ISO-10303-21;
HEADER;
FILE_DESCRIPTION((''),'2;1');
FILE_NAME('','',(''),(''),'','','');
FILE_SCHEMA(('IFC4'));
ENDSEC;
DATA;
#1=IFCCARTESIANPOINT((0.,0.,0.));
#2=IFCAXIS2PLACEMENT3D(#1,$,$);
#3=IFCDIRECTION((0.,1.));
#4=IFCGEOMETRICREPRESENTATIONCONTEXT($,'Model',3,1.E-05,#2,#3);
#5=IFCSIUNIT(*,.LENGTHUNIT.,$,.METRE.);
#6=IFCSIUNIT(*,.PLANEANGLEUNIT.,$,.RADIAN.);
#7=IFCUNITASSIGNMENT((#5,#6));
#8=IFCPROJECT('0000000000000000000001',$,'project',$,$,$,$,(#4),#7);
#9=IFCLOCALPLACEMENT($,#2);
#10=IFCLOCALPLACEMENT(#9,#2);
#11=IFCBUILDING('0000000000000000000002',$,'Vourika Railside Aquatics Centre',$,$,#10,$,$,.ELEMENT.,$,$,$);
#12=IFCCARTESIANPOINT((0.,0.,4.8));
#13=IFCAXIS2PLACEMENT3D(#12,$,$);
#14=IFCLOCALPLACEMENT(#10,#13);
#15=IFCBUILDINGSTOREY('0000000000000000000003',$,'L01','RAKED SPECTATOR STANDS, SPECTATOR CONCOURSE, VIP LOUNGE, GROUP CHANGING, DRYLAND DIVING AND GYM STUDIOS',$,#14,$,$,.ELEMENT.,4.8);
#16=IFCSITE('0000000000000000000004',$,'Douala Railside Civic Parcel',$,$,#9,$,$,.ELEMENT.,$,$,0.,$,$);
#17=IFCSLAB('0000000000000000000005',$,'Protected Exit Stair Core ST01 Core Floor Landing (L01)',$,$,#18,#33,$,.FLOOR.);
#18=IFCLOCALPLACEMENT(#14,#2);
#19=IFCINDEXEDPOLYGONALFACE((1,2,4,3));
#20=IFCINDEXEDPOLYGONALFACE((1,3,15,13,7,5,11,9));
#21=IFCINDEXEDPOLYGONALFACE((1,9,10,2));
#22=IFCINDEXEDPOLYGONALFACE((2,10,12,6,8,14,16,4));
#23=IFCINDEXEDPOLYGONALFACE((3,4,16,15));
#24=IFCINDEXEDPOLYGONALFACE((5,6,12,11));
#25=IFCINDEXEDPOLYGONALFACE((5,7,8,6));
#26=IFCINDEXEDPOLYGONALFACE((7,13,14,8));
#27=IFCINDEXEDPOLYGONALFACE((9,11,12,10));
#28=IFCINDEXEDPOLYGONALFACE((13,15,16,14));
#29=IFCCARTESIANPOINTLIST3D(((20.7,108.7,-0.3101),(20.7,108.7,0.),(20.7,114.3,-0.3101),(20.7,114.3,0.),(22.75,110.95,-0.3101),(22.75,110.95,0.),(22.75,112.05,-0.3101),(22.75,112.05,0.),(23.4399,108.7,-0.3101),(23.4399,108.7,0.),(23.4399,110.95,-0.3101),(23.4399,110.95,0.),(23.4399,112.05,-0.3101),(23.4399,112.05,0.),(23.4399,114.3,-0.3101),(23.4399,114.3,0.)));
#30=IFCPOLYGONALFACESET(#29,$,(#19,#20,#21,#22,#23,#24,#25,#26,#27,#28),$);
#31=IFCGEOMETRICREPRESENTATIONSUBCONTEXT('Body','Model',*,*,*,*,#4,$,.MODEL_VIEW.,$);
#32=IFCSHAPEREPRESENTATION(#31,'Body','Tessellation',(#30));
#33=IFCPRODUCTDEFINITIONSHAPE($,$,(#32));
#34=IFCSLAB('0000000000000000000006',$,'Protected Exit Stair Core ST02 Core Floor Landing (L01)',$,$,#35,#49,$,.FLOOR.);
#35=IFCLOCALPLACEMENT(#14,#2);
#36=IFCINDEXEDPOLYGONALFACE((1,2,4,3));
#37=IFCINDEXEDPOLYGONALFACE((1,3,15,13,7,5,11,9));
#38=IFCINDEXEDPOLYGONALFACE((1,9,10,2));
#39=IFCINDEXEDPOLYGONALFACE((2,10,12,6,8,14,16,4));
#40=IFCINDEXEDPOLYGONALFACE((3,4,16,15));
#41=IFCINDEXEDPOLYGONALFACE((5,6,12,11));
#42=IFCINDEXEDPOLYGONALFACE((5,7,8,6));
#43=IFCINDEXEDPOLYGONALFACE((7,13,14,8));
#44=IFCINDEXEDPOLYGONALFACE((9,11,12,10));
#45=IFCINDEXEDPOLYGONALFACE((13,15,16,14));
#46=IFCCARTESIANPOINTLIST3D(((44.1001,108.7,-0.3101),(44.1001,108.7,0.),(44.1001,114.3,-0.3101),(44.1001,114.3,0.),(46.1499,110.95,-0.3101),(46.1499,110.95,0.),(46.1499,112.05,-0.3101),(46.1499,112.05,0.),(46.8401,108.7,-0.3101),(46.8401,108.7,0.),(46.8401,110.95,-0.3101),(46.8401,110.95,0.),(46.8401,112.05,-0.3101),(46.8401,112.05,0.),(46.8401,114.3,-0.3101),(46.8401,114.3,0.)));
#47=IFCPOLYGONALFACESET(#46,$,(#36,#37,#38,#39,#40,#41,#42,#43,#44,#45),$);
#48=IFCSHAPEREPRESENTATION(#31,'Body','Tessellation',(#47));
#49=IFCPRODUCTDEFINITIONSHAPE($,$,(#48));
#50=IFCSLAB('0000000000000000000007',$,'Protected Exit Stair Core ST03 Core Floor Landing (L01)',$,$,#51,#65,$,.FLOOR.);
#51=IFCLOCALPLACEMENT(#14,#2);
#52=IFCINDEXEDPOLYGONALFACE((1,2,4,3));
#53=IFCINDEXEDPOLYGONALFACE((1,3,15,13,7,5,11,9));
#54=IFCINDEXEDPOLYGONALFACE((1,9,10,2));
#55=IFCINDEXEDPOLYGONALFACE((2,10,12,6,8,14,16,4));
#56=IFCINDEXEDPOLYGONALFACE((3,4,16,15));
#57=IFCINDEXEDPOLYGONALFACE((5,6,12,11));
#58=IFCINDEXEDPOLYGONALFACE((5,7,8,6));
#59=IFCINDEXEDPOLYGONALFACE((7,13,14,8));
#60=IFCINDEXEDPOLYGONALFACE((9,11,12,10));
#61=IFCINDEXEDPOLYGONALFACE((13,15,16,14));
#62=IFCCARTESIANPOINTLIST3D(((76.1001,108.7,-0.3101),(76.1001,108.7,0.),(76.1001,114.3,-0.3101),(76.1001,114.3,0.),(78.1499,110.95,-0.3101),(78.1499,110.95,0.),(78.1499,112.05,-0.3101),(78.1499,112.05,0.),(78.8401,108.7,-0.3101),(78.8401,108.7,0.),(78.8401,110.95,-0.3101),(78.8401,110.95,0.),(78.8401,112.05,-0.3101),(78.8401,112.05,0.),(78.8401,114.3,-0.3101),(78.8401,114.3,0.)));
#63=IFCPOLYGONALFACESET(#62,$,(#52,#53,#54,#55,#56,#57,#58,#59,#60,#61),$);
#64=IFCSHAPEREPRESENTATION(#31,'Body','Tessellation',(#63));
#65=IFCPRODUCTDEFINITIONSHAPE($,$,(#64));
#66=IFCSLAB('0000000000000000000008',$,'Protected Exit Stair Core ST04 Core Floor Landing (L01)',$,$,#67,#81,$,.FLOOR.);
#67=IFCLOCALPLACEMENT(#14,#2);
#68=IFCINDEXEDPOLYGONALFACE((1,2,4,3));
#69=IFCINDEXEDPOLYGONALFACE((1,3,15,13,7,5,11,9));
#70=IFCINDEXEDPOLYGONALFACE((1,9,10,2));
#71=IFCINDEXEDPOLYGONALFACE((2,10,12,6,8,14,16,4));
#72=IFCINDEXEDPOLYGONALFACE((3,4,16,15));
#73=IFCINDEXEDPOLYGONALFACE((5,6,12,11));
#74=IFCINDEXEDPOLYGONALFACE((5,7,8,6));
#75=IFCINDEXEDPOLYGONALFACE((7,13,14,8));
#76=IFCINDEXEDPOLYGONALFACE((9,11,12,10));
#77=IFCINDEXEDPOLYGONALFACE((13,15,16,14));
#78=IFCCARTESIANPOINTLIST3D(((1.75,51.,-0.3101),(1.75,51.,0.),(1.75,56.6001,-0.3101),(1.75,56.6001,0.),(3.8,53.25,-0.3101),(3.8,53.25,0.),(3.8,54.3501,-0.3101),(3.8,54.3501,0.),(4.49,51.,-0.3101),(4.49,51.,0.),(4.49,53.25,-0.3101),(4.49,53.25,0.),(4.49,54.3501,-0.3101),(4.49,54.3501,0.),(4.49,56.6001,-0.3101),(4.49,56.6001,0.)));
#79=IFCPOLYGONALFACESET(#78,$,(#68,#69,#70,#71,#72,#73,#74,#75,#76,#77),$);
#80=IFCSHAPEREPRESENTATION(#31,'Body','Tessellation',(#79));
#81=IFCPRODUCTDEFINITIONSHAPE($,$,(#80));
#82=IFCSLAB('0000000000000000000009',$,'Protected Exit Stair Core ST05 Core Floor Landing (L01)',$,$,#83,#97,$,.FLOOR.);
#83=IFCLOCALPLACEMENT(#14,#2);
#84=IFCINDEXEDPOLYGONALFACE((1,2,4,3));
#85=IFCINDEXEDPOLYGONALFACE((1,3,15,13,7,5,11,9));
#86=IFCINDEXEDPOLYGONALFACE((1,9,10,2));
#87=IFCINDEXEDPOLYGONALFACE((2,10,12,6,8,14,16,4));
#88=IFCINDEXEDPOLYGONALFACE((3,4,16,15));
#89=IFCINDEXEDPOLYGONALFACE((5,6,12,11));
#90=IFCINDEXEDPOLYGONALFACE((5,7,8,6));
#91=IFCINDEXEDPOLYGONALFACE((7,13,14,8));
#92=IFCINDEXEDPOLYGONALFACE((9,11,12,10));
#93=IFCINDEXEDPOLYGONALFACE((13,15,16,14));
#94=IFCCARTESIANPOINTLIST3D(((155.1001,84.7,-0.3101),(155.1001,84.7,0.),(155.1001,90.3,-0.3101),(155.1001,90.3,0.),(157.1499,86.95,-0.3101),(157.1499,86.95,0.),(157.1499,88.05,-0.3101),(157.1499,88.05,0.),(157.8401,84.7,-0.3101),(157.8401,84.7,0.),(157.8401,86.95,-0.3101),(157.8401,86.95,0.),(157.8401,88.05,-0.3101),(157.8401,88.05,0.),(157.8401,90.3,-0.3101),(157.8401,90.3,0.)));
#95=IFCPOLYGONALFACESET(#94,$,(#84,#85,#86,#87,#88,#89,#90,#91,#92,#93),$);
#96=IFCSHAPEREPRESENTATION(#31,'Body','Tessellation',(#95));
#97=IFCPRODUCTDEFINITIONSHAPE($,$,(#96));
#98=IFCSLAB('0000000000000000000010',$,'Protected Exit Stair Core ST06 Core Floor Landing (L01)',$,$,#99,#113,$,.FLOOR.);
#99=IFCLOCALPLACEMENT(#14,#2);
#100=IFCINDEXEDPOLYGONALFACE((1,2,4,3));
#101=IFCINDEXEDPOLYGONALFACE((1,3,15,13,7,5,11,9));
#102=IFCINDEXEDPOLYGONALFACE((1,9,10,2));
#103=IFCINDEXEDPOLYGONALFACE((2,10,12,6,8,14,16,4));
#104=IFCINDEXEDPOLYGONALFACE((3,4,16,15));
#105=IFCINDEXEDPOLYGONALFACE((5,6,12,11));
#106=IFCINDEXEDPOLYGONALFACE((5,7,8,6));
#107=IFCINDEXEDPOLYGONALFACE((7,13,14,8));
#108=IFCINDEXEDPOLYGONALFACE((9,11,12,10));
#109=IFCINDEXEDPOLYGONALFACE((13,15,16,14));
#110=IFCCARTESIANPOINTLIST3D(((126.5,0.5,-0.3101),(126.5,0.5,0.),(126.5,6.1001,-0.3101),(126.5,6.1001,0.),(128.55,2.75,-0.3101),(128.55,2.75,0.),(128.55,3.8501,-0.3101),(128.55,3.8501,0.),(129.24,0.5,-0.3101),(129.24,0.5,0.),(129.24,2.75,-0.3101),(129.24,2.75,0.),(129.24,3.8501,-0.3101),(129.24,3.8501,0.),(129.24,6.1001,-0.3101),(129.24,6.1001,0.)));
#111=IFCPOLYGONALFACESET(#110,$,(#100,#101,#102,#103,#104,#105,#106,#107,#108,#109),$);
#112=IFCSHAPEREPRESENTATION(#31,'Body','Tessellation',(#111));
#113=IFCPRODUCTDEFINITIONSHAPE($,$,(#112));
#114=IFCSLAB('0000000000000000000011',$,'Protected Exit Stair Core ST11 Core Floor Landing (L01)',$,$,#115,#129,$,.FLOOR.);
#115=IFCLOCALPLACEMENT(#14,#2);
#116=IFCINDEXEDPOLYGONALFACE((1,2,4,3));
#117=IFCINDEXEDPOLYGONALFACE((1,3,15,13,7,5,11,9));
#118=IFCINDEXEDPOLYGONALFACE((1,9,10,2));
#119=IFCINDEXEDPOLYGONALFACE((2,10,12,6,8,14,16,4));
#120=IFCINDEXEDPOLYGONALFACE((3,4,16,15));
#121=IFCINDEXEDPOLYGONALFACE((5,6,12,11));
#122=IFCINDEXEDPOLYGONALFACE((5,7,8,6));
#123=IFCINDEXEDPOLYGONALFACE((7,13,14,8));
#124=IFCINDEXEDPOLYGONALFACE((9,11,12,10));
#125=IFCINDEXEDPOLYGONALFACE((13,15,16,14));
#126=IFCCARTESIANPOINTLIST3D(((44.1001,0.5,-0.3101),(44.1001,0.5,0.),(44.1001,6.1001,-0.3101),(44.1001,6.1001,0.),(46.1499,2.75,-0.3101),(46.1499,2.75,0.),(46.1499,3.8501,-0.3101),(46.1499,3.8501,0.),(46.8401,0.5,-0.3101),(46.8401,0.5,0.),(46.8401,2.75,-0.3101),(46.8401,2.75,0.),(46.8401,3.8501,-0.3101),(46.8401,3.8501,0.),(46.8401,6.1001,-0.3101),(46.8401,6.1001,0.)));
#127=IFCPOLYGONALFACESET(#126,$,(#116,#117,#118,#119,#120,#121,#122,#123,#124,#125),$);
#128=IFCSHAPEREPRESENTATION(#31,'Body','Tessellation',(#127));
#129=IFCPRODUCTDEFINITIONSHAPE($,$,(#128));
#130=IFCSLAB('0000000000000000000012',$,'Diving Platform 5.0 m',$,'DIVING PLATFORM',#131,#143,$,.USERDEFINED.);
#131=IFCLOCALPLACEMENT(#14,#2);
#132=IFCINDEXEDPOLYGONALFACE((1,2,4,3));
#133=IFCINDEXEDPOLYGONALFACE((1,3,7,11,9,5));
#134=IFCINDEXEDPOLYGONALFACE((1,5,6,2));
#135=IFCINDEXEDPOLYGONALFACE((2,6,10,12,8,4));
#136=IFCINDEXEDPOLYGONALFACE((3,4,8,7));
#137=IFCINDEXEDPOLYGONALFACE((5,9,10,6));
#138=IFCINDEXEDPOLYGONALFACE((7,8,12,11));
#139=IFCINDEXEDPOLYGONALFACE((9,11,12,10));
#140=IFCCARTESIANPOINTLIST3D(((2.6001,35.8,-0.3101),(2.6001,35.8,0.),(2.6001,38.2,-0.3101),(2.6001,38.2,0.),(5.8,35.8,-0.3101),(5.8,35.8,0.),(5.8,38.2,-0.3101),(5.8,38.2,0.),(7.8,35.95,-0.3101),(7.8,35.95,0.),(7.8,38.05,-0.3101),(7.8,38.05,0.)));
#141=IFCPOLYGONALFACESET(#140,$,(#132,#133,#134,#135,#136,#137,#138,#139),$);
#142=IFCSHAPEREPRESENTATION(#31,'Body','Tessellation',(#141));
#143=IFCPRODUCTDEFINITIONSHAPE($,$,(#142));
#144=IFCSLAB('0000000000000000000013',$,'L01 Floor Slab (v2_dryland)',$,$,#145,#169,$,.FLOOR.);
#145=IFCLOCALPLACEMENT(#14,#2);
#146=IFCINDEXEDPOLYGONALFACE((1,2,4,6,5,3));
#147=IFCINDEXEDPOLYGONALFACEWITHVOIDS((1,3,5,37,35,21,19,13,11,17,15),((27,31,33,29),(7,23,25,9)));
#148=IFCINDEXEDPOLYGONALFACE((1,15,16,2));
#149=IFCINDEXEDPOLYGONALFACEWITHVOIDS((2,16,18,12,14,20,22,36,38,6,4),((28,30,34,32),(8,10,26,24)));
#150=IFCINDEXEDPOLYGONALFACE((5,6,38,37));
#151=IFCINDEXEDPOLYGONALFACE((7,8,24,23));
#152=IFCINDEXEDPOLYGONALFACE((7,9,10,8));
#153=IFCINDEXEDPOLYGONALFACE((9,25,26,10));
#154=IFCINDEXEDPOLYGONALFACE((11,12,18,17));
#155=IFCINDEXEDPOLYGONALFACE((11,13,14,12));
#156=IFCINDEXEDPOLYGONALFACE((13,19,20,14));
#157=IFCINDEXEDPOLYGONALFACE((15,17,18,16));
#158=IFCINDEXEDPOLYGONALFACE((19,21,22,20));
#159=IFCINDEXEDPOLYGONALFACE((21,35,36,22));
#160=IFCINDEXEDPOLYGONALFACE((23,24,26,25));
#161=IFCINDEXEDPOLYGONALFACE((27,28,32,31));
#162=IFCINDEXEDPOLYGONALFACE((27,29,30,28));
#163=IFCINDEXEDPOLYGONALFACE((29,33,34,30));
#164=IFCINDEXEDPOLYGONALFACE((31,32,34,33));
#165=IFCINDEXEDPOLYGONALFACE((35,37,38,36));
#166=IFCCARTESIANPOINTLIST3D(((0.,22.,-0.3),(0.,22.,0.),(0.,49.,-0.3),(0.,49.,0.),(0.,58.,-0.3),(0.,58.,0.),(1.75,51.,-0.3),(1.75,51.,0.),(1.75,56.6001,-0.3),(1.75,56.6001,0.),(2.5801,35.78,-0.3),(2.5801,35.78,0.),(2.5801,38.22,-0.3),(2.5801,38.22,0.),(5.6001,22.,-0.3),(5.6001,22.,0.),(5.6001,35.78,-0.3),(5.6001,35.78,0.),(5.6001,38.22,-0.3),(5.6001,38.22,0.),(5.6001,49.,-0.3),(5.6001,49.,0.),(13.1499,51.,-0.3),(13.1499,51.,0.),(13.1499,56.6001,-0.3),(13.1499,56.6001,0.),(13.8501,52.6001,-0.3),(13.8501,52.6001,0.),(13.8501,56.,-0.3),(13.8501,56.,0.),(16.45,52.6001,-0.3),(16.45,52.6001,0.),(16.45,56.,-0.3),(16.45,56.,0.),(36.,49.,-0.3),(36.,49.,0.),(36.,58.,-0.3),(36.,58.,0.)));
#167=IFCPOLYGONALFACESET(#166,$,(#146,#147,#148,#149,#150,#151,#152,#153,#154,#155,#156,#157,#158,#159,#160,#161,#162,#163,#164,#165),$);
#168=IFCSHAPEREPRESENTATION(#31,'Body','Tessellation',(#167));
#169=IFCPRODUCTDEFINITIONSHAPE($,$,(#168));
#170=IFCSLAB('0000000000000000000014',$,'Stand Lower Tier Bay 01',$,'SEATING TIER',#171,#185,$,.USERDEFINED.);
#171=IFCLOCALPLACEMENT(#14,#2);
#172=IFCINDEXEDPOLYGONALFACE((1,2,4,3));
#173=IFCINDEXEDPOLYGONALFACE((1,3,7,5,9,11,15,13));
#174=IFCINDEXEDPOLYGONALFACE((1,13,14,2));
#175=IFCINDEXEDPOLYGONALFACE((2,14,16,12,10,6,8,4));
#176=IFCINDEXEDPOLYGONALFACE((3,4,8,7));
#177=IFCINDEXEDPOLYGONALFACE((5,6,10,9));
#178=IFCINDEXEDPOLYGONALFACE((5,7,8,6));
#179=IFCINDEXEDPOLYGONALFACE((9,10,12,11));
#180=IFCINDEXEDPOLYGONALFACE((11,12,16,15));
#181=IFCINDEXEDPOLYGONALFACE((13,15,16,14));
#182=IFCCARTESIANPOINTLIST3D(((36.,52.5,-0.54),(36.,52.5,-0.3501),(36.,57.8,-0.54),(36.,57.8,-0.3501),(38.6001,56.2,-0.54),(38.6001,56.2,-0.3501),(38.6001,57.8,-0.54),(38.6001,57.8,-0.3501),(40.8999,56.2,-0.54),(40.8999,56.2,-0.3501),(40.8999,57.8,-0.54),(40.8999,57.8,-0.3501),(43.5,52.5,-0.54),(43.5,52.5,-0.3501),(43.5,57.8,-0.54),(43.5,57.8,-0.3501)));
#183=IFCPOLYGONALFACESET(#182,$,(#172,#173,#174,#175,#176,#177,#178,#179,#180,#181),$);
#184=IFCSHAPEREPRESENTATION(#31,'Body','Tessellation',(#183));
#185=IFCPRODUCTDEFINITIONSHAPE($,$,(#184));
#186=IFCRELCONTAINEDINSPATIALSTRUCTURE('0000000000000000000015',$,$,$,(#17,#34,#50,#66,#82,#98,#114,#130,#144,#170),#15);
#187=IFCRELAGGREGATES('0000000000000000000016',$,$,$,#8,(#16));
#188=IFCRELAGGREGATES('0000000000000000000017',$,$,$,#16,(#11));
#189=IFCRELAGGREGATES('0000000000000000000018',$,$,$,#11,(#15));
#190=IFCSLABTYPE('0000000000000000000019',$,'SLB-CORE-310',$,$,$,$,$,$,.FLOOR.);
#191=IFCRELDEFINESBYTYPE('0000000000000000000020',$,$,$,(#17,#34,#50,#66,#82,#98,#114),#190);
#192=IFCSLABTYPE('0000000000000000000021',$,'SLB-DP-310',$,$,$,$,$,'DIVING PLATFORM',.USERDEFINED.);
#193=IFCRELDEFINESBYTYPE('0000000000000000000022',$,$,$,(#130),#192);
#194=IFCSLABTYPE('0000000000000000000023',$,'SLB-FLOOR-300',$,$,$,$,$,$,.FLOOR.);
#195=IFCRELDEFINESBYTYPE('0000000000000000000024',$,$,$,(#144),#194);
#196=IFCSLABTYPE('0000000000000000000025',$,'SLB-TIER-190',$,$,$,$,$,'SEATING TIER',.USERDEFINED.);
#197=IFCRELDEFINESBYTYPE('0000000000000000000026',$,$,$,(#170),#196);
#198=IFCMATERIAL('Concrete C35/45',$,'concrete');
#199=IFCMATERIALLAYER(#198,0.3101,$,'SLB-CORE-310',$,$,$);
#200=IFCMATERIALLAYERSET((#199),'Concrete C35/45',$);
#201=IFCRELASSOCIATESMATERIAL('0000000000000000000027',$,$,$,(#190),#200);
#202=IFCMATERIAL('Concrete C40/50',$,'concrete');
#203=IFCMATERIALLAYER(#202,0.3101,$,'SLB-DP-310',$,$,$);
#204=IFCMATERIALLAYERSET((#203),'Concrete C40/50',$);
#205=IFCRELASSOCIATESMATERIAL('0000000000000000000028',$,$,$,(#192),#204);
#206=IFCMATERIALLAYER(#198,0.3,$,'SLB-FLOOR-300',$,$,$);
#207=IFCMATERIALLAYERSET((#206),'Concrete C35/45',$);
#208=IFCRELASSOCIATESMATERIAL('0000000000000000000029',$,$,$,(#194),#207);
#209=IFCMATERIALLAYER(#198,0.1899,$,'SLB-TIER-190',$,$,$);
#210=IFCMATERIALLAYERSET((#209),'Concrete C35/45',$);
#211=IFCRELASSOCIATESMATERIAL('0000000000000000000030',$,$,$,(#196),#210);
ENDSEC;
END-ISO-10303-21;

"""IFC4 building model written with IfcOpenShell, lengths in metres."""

from ifc_helpers import new_model, si_unit, direction, frame, origin, place, context, subcontext, project, spatial, polyline, outline, extrude, material, layer, layer_set, type_object, element, save


model = new_model("IFC4")

# Units and contexts
model_context = context("Model", 3, precision=1e-05, world=origin(), true_north=direction((0.0, 1.0)))
body_context = subcontext(model_context, "Body", "Model", "MODEL_VIEW")
ifc_project = project(units=[si_unit("LENGTHUNIT", "METRE"), si_unit("PLANEANGLEUNIT", "RADIAN")], contexts=[model_context])

# Site, building, storey
site_placement = place(None, origin())
site = spatial("IfcSite", under=ifc_project, at=site_placement, Name="Douala Railside Civic Parcel", CompositionType="ELEMENT", RefElevation=0.0)
building_placement = place(site_placement, origin())
building = spatial("IfcBuilding", under=site, at=building_placement, Name="Vourika Railside Aquatics Centre", CompositionType="ELEMENT")
storey_placement = place(building_placement, frame((0.0, 0.0, 4.8)))
storey = spatial("IfcBuildingStorey", under=building, at=storey_placement, Name="L01", Description="RAKED SPECTATOR STANDS, SPECTATOR CONCOURSE, VIP LOUNGE, GROUP CHANGING, DRYLAND DIVING AND GYM STUDIOS", CompositionType="ELEMENT", Elevation=4.8)

# Slabs
ifc_material_1 = material(Name="Concrete C35/45", Category="concrete")
ifc_layer_1 = layer(ifc_material_1, 0.3101, Name="SLB-CORE-310")
ifc_layer_set_1 = layer_set([ifc_layer_1], Name="Concrete C35/45")
slab_type_1 = type_object("IfcSlabType", Name="SLB-CORE-310", PredefinedType="FLOOR", material=ifc_layer_set_1)
slab_1_placement = place(storey_placement, frame((0.0, 0.0, -0.3101)))
element("IfcSlab", 1, at=slab_1_placement, inside=storey, type_object=slab_type_1, Name="Protected Exit Stair Core ST01 Core Floor Landing (L01)", PredefinedType="FLOOR", context=body_context, shape_type="SweptSolid", body=[
    extrude(outline(polyline([(20.7, 108.7), (23.4399, 108.7), (23.4399, 110.95), (22.75, 110.95), (22.75, 112.05), (23.4399, 112.05), (23.4399, 114.3), (20.7, 114.3), (20.7, 108.7)])), origin(), (0.0, 0.0, 1.0), 0.3101),
])
slab_2_placement = place(storey_placement, frame((0.0, 0.0, -0.3101)))
element("IfcSlab", 2, at=slab_2_placement, inside=storey, type_object=slab_type_1, Name="Protected Exit Stair Core ST02 Core Floor Landing (L01)", PredefinedType="FLOOR", context=body_context, shape_type="SweptSolid", body=[
    extrude(outline(polyline([(44.1001, 108.7), (46.8401, 108.7), (46.8401, 110.95), (46.1499, 110.95), (46.1499, 112.05), (46.8401, 112.05), (46.8401, 114.3), (44.1001, 114.3), (44.1001, 108.7)])), origin(), (0.0, 0.0, 1.0), 0.3101),
])
slab_3_placement = place(storey_placement, frame((0.0, 0.0, -0.3101)))
element("IfcSlab", 3, at=slab_3_placement, inside=storey, type_object=slab_type_1, Name="Protected Exit Stair Core ST03 Core Floor Landing (L01)", PredefinedType="FLOOR", context=body_context, shape_type="SweptSolid", body=[
    extrude(outline(polyline([(76.1001, 108.7), (78.8401, 108.7), (78.8401, 110.95), (78.1499, 110.95), (78.1499, 112.05), (78.8401, 112.05), (78.8401, 114.3), (76.1001, 114.3), (76.1001, 108.7)])), origin(), (0.0, 0.0, 1.0), 0.3101),
])
slab_4_placement = place(storey_placement, frame((0.0, 0.0, -0.3101)))
element("IfcSlab", 4, at=slab_4_placement, inside=storey, type_object=slab_type_1, Name="Protected Exit Stair Core ST04 Core Floor Landing (L01)", PredefinedType="FLOOR", context=body_context, shape_type="SweptSolid", body=[
    extrude(outline(polyline([(1.75, 51.0), (4.49, 51.0), (4.49, 53.25), (3.8, 53.25), (3.8, 54.3501), (4.49, 54.3501), (4.49, 56.6001), (1.75, 56.6001), (1.75, 51.0)])), origin(), (0.0, 0.0, 1.0), 0.3101),
])
slab_5_placement = place(storey_placement, frame((0.0, 0.0, -0.3101)))
element("IfcSlab", 5, at=slab_5_placement, inside=storey, type_object=slab_type_1, Name="Protected Exit Stair Core ST05 Core Floor Landing (L01)", PredefinedType="FLOOR", context=body_context, shape_type="SweptSolid", body=[
    extrude(outline(polyline([(155.1001, 84.7), (157.8401, 84.7), (157.8401, 86.95), (157.1499, 86.95), (157.1499, 88.05), (157.8401, 88.05), (157.8401, 90.3), (155.1001, 90.3), (155.1001, 84.7)])), origin(), (0.0, 0.0, 1.0), 0.3101),
])
slab_6_placement = place(storey_placement, frame((0.0, 0.0, -0.3101)))
element("IfcSlab", 6, at=slab_6_placement, inside=storey, type_object=slab_type_1, Name="Protected Exit Stair Core ST06 Core Floor Landing (L01)", PredefinedType="FLOOR", context=body_context, shape_type="SweptSolid", body=[
    extrude(outline(polyline([(126.5, 0.5), (129.24, 0.5), (129.24, 2.75), (128.55, 2.75), (128.55, 3.8501), (129.24, 3.8501), (129.24, 6.1001), (126.5, 6.1001), (126.5, 0.5)])), origin(), (0.0, 0.0, 1.0), 0.3101),
])
slab_7_placement = place(storey_placement, frame((0.0, 0.0, -0.3101)))
element("IfcSlab", 7, at=slab_7_placement, inside=storey, type_object=slab_type_1, Name="Protected Exit Stair Core ST11 Core Floor Landing (L01)", PredefinedType="FLOOR", context=body_context, shape_type="SweptSolid", body=[
    extrude(outline(polyline([(44.1001, 0.5), (46.8401, 0.5), (46.8401, 2.75), (46.1499, 2.75), (46.1499, 3.8501), (46.8401, 3.8501), (46.8401, 6.1001), (44.1001, 6.1001), (44.1001, 0.5)])), origin(), (0.0, 0.0, 1.0), 0.3101),
])
ifc_material_2 = material(Name="Concrete C40/50", Category="concrete")
ifc_layer_2 = layer(ifc_material_2, 0.3101, Name="SLB-DP-310")
ifc_layer_set_2 = layer_set([ifc_layer_2], Name="Concrete C40/50")
slab_type_2 = type_object("IfcSlabType", Name="SLB-DP-310", ElementType="DIVING PLATFORM", PredefinedType="USERDEFINED", material=ifc_layer_set_2)
slab_8_placement = place(storey_placement, frame((0.0, 0.0, -0.3101)))
element("IfcSlab", 8, at=slab_8_placement, inside=storey, type_object=slab_type_2, Name="Diving Platform 5.0 m", ObjectType="DIVING PLATFORM", PredefinedType="USERDEFINED", context=body_context, shape_type="SweptSolid", body=[
    extrude(outline(polyline([(2.6001, 35.8), (5.8, 35.8), (7.8, 35.95), (7.8, 38.05), (5.8, 38.2), (2.6001, 38.2), (2.6001, 35.8)])), origin(), (0.0, 0.0, 1.0), 0.3101),
])
ifc_layer_3 = layer(ifc_material_1, 0.3, Name="SLB-FLOOR-300")
ifc_layer_set_3 = layer_set([ifc_layer_3], Name="Concrete C35/45")
slab_type_3 = type_object("IfcSlabType", Name="SLB-FLOOR-300", PredefinedType="FLOOR", material=ifc_layer_set_3)
slab_9_placement = place(storey_placement, frame((0.0, 0.0, -0.3)))
element("IfcSlab", 9, at=slab_9_placement, inside=storey, type_object=slab_type_3, Name="L01 Floor Slab (v2_dryland)", PredefinedType="FLOOR", context=body_context, shape_type="SweptSolid", body=[
    extrude(outline(polyline([(0.0, 49.0), (0.0, 58.0), (36.0, 58.0), (36.0, 49.0), (5.6001, 49.0), (5.6001, 38.22), (2.5801, 38.22), (2.5801, 35.78), (5.6001, 35.78), (5.6001, 22.0), (0.0, 22.0), (0.0, 49.0)]), holes=[polyline([(13.1499, 56.6001), (1.75, 56.6001), (1.75, 51.0), (13.1499, 51.0), (13.1499, 56.6001)]), polyline([(16.45, 56.0), (13.8501, 56.0), (13.8501, 52.6001), (16.45, 52.6001), (16.45, 56.0)])]), origin(), (0.0, 0.0, 1.0), 0.3),
])
ifc_layer_4 = layer(ifc_material_1, 0.1899, Name="SLB-TIER-190")
ifc_layer_set_4 = layer_set([ifc_layer_4], Name="Concrete C35/45")
slab_type_4 = type_object("IfcSlabType", Name="SLB-TIER-190", ElementType="SEATING TIER", PredefinedType="USERDEFINED", material=ifc_layer_set_4)
slab_10_placement = place(storey_placement, frame((0.0, 0.0, -0.54)))
element("IfcSlab", 10, at=slab_10_placement, inside=storey, type_object=slab_type_4, Name="Stand Lower Tier Bay 01", ObjectType="SEATING TIER", PredefinedType="USERDEFINED", context=body_context, shape_type="SweptSolid", body=[
    extrude(outline(polyline([(43.5, 57.8), (43.5, 52.5), (36.0, 52.5), (36.0, 57.8), (38.6001, 57.8), (38.6001, 56.2), (40.8999, 56.2), (40.8999, 57.8), (43.5, 57.8)])), origin(), (0.0, 0.0, 1.0), 0.1899),
])

save(model, "model.ifc")
